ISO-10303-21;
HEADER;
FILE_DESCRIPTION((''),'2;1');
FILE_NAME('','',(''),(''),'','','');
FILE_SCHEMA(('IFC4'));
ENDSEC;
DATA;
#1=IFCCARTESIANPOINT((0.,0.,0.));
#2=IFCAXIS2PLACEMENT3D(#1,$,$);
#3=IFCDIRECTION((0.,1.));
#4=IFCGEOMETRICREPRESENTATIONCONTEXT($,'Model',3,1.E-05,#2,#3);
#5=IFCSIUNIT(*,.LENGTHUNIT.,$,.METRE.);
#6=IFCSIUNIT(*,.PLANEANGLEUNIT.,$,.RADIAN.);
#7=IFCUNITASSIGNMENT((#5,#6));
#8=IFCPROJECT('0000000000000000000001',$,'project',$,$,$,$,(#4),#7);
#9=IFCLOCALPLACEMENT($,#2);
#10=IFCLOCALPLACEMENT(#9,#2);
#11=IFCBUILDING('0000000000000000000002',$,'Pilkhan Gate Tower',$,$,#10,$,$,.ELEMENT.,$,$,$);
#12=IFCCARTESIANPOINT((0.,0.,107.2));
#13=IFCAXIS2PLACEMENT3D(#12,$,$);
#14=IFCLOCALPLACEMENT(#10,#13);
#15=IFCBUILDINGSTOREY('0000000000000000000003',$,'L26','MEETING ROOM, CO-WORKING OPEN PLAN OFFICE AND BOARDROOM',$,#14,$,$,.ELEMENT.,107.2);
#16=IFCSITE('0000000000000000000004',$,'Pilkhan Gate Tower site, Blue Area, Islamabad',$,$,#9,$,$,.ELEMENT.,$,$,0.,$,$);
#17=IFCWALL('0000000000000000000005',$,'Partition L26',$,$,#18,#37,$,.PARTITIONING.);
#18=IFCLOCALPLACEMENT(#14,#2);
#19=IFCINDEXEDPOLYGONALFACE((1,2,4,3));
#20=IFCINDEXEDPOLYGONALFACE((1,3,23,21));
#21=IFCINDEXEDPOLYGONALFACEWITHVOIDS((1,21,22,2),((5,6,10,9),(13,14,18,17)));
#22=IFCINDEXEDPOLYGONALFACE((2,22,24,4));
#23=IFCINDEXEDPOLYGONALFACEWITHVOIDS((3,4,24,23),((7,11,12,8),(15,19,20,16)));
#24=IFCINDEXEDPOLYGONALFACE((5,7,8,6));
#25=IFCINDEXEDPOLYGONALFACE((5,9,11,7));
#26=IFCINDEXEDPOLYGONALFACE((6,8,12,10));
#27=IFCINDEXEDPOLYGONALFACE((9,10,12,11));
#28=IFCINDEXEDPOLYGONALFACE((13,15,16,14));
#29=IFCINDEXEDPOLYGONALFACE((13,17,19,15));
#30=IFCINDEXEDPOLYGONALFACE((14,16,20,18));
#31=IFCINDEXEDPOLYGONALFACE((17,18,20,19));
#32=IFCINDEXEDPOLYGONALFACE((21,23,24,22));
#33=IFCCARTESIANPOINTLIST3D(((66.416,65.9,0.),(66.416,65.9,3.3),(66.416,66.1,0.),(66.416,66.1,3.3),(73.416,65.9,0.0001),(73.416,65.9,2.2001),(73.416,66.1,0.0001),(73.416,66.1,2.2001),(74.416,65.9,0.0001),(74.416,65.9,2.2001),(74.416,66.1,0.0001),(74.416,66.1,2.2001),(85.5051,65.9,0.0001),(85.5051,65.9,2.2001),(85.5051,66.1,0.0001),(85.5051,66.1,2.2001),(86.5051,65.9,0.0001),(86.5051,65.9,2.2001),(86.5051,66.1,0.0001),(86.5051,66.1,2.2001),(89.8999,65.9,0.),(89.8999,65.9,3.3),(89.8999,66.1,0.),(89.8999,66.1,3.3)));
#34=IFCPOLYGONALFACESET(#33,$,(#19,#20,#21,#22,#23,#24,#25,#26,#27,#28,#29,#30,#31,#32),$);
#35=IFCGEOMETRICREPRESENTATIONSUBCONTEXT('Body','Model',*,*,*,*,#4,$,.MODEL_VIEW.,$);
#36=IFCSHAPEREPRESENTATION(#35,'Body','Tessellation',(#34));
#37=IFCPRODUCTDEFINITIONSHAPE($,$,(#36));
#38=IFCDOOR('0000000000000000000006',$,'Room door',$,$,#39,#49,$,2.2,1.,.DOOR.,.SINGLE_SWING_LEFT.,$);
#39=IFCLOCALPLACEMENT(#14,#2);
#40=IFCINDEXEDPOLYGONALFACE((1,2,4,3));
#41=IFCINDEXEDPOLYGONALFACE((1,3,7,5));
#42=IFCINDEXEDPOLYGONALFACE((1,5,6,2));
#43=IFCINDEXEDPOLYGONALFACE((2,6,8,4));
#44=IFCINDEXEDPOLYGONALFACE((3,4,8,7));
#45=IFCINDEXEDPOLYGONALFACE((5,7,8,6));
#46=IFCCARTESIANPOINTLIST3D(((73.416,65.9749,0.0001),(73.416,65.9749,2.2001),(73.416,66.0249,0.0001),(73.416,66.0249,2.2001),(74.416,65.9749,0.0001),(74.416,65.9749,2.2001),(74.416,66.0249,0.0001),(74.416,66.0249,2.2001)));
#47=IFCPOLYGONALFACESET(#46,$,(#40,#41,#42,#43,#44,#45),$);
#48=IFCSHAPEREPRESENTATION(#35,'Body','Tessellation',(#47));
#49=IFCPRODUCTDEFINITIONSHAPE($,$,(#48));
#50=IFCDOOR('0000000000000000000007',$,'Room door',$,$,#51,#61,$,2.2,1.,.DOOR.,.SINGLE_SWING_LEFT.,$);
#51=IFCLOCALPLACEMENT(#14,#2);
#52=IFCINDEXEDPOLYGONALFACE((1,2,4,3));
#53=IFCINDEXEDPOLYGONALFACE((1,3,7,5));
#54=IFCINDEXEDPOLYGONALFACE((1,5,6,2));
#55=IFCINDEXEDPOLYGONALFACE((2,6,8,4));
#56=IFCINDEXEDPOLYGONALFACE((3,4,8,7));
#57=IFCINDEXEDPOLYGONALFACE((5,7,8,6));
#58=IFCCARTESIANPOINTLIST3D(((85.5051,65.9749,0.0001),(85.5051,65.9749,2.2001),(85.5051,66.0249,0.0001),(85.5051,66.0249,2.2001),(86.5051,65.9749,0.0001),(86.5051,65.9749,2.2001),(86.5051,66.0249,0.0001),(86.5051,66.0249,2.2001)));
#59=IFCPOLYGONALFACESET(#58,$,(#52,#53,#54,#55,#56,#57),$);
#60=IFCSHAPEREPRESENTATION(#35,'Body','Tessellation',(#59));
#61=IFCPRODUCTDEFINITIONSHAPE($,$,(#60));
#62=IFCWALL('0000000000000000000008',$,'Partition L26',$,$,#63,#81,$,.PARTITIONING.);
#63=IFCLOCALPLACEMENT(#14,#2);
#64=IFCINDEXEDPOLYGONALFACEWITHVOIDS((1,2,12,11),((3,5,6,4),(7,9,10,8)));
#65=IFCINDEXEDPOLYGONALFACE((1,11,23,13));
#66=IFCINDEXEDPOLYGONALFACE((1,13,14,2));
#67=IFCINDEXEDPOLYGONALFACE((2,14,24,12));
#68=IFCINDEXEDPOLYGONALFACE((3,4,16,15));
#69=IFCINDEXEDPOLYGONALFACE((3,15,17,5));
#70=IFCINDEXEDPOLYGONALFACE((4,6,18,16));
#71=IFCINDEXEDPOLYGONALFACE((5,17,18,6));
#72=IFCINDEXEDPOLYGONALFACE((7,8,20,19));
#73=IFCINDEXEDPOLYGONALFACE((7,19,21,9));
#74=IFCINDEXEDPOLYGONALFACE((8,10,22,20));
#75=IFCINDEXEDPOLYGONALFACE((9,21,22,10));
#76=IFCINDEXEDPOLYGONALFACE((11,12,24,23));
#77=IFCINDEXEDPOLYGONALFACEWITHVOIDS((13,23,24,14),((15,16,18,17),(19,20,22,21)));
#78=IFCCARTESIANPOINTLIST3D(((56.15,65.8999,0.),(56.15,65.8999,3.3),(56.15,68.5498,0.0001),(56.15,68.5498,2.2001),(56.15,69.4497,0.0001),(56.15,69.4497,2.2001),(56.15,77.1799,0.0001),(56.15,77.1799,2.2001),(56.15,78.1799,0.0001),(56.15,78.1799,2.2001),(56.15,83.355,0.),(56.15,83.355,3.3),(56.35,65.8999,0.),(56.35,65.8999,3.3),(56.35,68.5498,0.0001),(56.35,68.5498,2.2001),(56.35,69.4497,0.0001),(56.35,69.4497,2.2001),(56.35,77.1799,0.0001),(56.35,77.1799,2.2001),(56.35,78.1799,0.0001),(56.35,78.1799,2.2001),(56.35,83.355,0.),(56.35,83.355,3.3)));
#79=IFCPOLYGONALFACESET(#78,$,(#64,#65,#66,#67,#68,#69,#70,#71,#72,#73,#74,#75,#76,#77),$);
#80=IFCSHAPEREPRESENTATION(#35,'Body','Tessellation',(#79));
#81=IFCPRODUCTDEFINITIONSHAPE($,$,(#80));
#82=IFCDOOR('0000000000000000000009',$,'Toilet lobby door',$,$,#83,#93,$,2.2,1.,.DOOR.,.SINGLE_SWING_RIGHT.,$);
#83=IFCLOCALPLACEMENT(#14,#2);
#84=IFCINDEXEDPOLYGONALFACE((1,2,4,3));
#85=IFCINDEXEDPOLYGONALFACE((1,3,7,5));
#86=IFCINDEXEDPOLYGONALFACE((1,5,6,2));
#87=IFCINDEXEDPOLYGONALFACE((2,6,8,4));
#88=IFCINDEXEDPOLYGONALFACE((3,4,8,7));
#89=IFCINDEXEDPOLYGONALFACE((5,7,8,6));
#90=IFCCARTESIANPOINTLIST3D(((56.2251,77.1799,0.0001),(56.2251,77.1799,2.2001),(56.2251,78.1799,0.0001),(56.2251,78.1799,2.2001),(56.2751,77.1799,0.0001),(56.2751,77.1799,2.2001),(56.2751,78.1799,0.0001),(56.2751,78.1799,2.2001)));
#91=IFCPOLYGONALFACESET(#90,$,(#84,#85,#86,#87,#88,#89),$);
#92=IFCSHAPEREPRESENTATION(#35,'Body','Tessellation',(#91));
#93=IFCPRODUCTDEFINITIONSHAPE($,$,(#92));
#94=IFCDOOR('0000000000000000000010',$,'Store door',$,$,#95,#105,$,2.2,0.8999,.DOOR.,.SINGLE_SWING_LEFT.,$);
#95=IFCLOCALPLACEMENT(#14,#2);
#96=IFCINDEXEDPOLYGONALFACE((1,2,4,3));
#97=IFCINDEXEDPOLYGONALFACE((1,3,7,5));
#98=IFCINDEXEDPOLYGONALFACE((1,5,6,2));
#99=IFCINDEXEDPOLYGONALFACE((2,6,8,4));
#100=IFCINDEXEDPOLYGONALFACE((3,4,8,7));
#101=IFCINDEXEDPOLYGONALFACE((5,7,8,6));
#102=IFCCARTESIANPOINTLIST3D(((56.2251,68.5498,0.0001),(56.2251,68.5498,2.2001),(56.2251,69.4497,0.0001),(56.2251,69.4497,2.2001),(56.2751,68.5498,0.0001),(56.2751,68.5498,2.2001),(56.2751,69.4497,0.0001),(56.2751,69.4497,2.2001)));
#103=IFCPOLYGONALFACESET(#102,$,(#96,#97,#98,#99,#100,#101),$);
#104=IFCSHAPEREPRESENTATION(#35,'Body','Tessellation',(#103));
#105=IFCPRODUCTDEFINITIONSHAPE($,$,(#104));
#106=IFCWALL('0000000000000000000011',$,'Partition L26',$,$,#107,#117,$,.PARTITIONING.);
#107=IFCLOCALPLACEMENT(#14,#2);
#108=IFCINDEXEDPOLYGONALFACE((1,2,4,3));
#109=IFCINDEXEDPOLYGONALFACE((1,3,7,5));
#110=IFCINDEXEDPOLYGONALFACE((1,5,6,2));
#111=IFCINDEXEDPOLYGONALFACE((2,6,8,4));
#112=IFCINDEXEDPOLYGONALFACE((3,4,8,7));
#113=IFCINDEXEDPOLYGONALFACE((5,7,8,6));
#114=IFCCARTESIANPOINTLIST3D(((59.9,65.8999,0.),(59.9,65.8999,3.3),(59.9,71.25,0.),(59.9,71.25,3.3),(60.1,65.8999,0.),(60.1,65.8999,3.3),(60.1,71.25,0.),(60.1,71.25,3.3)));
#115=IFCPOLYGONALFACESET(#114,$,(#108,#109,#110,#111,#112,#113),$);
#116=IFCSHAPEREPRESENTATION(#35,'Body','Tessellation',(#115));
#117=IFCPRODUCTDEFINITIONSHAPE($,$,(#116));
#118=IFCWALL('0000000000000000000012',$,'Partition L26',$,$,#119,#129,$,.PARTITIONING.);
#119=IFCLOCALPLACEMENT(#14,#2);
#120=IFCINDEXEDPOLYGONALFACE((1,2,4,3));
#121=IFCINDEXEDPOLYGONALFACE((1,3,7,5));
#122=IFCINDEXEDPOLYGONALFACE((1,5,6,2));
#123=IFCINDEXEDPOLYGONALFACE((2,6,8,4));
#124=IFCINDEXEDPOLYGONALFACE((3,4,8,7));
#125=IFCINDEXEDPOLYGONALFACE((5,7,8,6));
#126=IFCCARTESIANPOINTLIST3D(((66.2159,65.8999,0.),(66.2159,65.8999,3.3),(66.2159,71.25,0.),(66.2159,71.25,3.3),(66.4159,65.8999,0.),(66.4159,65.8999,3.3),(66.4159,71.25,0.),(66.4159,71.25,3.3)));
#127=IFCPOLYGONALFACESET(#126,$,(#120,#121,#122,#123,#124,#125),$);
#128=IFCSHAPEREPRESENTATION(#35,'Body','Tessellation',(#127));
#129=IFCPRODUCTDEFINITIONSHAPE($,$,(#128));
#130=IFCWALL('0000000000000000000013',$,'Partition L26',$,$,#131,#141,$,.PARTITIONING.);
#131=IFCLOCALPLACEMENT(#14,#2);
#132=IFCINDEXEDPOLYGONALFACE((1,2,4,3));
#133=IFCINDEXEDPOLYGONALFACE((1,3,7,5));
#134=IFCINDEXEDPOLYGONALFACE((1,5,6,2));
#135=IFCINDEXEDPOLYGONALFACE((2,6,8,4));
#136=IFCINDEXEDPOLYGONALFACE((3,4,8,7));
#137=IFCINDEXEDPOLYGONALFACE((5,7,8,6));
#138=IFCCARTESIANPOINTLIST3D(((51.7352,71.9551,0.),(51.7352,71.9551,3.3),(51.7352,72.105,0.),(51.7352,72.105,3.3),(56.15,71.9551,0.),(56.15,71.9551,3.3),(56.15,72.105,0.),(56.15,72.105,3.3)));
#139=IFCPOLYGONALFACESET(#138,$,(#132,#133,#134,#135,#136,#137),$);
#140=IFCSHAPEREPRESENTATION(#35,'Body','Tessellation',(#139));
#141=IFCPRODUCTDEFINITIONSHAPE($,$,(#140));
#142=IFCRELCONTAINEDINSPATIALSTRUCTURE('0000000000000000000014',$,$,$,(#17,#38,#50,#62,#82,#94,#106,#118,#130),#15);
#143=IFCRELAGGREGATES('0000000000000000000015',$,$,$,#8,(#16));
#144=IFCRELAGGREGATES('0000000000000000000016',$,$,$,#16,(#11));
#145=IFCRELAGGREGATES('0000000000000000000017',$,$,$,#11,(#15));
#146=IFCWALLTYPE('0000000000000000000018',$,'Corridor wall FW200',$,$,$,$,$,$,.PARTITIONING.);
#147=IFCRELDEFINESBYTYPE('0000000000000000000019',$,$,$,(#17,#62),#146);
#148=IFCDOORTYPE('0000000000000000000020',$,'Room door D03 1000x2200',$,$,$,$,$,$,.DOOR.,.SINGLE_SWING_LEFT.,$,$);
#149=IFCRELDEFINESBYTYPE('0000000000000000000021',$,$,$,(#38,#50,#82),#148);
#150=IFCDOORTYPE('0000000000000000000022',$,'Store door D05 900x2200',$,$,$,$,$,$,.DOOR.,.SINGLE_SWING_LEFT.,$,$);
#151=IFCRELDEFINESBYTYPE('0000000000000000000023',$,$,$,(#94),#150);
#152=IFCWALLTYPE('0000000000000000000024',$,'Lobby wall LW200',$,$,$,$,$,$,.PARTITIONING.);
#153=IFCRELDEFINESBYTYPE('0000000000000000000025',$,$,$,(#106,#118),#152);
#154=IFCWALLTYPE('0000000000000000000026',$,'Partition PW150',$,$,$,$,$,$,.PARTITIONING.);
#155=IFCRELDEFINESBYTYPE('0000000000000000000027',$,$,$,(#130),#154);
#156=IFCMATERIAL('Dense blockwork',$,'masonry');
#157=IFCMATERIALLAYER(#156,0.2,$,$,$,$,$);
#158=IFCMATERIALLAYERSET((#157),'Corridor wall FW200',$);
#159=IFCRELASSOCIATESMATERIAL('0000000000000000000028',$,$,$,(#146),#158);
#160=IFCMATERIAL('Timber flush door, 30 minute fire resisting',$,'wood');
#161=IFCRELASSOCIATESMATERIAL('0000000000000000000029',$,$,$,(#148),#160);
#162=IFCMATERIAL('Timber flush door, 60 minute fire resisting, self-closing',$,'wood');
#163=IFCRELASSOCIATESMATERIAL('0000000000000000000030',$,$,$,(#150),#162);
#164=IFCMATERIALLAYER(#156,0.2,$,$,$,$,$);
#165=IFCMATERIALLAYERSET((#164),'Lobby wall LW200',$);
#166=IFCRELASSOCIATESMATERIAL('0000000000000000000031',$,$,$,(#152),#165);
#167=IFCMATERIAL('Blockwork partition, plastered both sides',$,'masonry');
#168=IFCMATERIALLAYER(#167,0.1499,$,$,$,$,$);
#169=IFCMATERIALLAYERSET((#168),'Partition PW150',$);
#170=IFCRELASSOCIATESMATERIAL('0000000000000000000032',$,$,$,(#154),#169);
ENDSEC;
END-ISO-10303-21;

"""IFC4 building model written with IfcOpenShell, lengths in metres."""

from ifc_helpers import new_model, si_unit, direction, frame, frame_2d, origin, place, context, subcontext, project, spatial, rectangle, extrude, material, layer, layer_set, type_object, element, fill, save


model = new_model("IFC4")

# Units and contexts
model_context = context("Model", 3, precision=1e-05, world=origin(), true_north=direction((0.0, 1.0)))
body_context = subcontext(model_context, "Body", "Model", "MODEL_VIEW")
ifc_project = project(units=[si_unit("LENGTHUNIT", "METRE"), si_unit("PLANEANGLEUNIT", "RADIAN")], contexts=[model_context])

# Site, building, storey
site_placement = place(None, origin())
site = spatial("IfcSite", under=ifc_project, at=site_placement, Name="Pilkhan Gate Tower site, Blue Area, Islamabad", CompositionType="ELEMENT", RefElevation=0.0)
building_placement = place(site_placement, origin())
building = spatial("IfcBuilding", under=site, at=building_placement, Name="Pilkhan Gate Tower", CompositionType="ELEMENT")
storey_placement = place(building_placement, frame((0.0, 0.0, 107.2)))
storey = spatial("IfcBuildingStorey", under=building, at=storey_placement, Name="L26", Description="MEETING ROOM, CO-WORKING OPEN PLAN OFFICE AND BOARDROOM", CompositionType="ELEMENT", Elevation=107.2)

# Shared definitions
ifc_material_1 = material(Name="Dense blockwork", Category="masonry")
ifc_layer_1 = layer(ifc_material_1, 0.2)
ifc_layer_set_1 = layer_set([ifc_layer_1], Name="Corridor wall FW200")
wall_type_1 = type_object("IfcWallType", Name="Corridor wall FW200", PredefinedType="PARTITIONING", material=ifc_layer_set_1)

# Walls, openings, doors
wall_1_placement = place(storey_placement, frame((66.416, 66.0, 0.0), z_axis=(0.0, 0.0, 1.0), x_axis=(1.0, 0.0, 0.0)))
wall_1 = element("IfcWall", 1, at=wall_1_placement, inside=storey, type_object=wall_type_1, Name="Partition L26", PredefinedType="PARTITIONING", context=body_context, shape_type="SweptSolid", body=[
    extrude(rectangle(XDim=23.4839, YDim=0.2, at=frame_2d((11.7419, 0.0))), origin(), (0.0, 0.0, 1.0), 3.3),
])
opening_1_placement = place(wall_1_placement, frame((7.0, 0.0, 0.0)))
opening_1 = element("IfcOpeningElement", 2, at=opening_1_placement, cuts=wall_1, PredefinedType="OPENING", context=body_context, shape_type="SweptSolid", body=[
    extrude(rectangle(XDim=1.0, YDim=2.2, at=frame_2d((0.5, 1.1001))), frame((0.0, 0.1099, 0.0), z_axis=(0.0, -1.0, 0.0), x_axis=(1.0, 0.0, 0.0)), (0.0, 0.0, 1.0), 0.22),
])
opening_2_placement = place(wall_1_placement, frame((19.0891, 0.0, 0.0)))
opening_2 = element("IfcOpeningElement", 3, at=opening_2_placement, cuts=wall_1, PredefinedType="OPENING", context=body_context, shape_type="SweptSolid", body=[
    extrude(rectangle(XDim=1.0, YDim=2.2, at=frame_2d((0.5, 1.1001))), frame((0.0, 0.1099, 0.0), z_axis=(0.0, -1.0, 0.0), x_axis=(1.0, 0.0, 0.0)), (0.0, 0.0, 1.0), 0.22),
])
ifc_material_2 = material(Name="Timber flush door, 30 minute fire resisting", Category="wood")
door_type_1 = type_object("IfcDoorType", Name="Room door D03 1000x2200", OperationType="SINGLE_SWING_LEFT", PredefinedType="DOOR", material=ifc_material_2)
door_1_placement = place(opening_1_placement, origin())
door_1 = element("IfcDoor", 4, at=door_1_placement, inside=storey, type_object=door_type_1, Name="Room door", OperationType="SINGLE_SWING_LEFT", OverallHeight=2.2, OverallWidth=1.0, PredefinedType="DOOR", context=body_context, shape_type="SweptSolid", body=[
    extrude(rectangle(XDim=1.0, YDim=2.2, at=frame_2d((0.5, 1.1001))), frame((0.0, 0.0249, 0.0), z_axis=(0.0, -1.0, 0.0), x_axis=(1.0, 0.0, 0.0)), (0.0, 0.0, 1.0), 0.05),
])
fill(opening_1, door_1)
door_2_placement = place(opening_2_placement, origin())
door_2 = element("IfcDoor", 5, at=door_2_placement, inside=storey, type_object=door_type_1, Name="Room door", OperationType="SINGLE_SWING_LEFT", OverallHeight=2.2, OverallWidth=1.0, PredefinedType="DOOR", context=body_context, shape_type="SweptSolid", body=[
    extrude(rectangle(XDim=1.0, YDim=2.2, at=frame_2d((0.5, 1.1001))), frame((0.0, 0.0249, 0.0), z_axis=(0.0, -1.0, 0.0), x_axis=(1.0, 0.0, 0.0)), (0.0, 0.0, 1.0), 0.05),
])
fill(opening_2, door_2)
wall_2_placement = place(storey_placement, frame((56.25, 65.8999, 0.0), z_axis=(0.0, 0.0, 1.0), x_axis=(0.0, 1.0, 0.0)))
wall_2 = element("IfcWall", 6, at=wall_2_placement, inside=storey, type_object=wall_type_1, Name="Partition L26", PredefinedType="PARTITIONING", context=body_context, shape_type="SweptSolid", body=[
    extrude(rectangle(XDim=17.4551, YDim=0.2, at=frame_2d((8.7275, 0.0))), origin(), (0.0, 0.0, 1.0), 3.3),
])
opening_3_placement = place(wall_2_placement, frame((11.28, 0.0, 0.0)))
opening_3 = element("IfcOpeningElement", 7, at=opening_3_placement, cuts=wall_2, PredefinedType="OPENING", context=body_context, shape_type="SweptSolid", body=[
    extrude(rectangle(XDim=1.0, YDim=2.2, at=frame_2d((0.5, 1.1001))), frame((0.0, 0.1099, 0.0), z_axis=(0.0, -1.0, 0.0), x_axis=(1.0, 0.0, 0.0)), (0.0, 0.0, 1.0), 0.22),
])
opening_4_placement = place(wall_2_placement, frame((2.6499, 0.0, 0.0)))
opening_4 = element("IfcOpeningElement", 8, at=opening_4_placement, cuts=wall_2, PredefinedType="OPENING", context=body_context, shape_type="SweptSolid", body=[
    extrude(rectangle(XDim=0.8999, YDim=2.2, at=frame_2d((0.45, 1.1001))), frame((0.0, 0.1099, 0.0), z_axis=(0.0, -1.0, 0.0), x_axis=(1.0, 0.0, 0.0)), (0.0, 0.0, 1.0), 0.22),
])
door_3_placement = place(opening_3_placement, origin())
door_3 = element("IfcDoor", 9, at=door_3_placement, inside=storey, type_object=door_type_1, Name="Toilet lobby door", OperationType="SINGLE_SWING_RIGHT", OverallHeight=2.2, OverallWidth=1.0, PredefinedType="DOOR", context=body_context, shape_type="SweptSolid", body=[
    extrude(rectangle(XDim=1.0, YDim=2.2, at=frame_2d((0.5, 1.1001))), frame((0.0, 0.0249, 0.0), z_axis=(0.0, -1.0, 0.0), x_axis=(1.0, 0.0, 0.0)), (0.0, 0.0, 1.0), 0.05),
])
fill(opening_3, door_3)
ifc_material_3 = material(Name="Timber flush door, 60 minute fire resisting, self-closing", Category="wood")
door_type_2 = type_object("IfcDoorType", Name="Store door D05 900x2200", OperationType="SINGLE_SWING_LEFT", PredefinedType="DOOR", material=ifc_material_3)
door_4_placement = place(opening_4_placement, origin())
door_4 = element("IfcDoor", 10, at=door_4_placement, inside=storey, type_object=door_type_2, Name="Store door", OperationType="SINGLE_SWING_LEFT", OverallHeight=2.2, OverallWidth=0.8999, PredefinedType="DOOR", context=body_context, shape_type="SweptSolid", body=[
    extrude(rectangle(XDim=0.8999, YDim=2.2, at=frame_2d((0.45, 1.1001))), frame((0.0, 0.0249, 0.0), z_axis=(0.0, -1.0, 0.0), x_axis=(1.0, 0.0, 0.0)), (0.0, 0.0, 1.0), 0.05),
])
fill(opening_4, door_4)

# Shared definitions
ifc_layer_2 = layer(ifc_material_1, 0.2)
ifc_layer_set_2 = layer_set([ifc_layer_2], Name="Lobby wall LW200")
wall_type_2 = type_object("IfcWallType", Name="Lobby wall LW200", PredefinedType="PARTITIONING", material=ifc_layer_set_2)

# Walls
for number, where, z_axis, x_axis, name in (
    (11, (60.0, 65.8999, 0.0), (0.0, 0.0, 1.0), (0.0, 1.0, 0.0), "Partition L26"),
    (12, (66.3159, 65.8999, 0.0), (0.0, 0.0, 1.0), (0.0, 1.0, 0.0), "Partition L26"),
):
    element("IfcWall", number, at=place(storey_placement, frame(where, z_axis=z_axis, x_axis=x_axis)), inside=storey, type_object=wall_type_2, Name=name, PredefinedType="PARTITIONING", context=body_context, shape_type="SweptSolid", body=[
        extrude(rectangle(XDim=5.3501, YDim=0.2, at=frame_2d((2.675, 0.0))), origin(), (0.0, 0.0, 1.0), 3.3),
    ])
ifc_material_4 = material(Name="Blockwork partition, plastered both sides", Category="masonry")
ifc_layer_3 = layer(ifc_material_4, 0.1499)
ifc_layer_set_3 = layer_set([ifc_layer_3], Name="Partition PW150")
wall_type_3 = type_object("IfcWallType", Name="Partition PW150", PredefinedType="PARTITIONING", material=ifc_layer_set_3)
wall_3_placement = place(storey_placement, frame((51.7351, 72.03, 0.0), z_axis=(0.0, 0.0, 1.0), x_axis=(1.0, 0.0, 0.0)))
element("IfcWall", 13, at=wall_3_placement, inside=storey, type_object=wall_type_3, Name="Partition L26", PredefinedType="PARTITIONING", context=body_context, shape_type="SweptSolid", body=[
    extrude(rectangle(XDim=4.4148, YDim=0.1499, at=frame_2d((2.2075, 0.0))), origin(), (0.0, 0.0, 1.0), 3.3),
])

save(model, "model.ifc")
